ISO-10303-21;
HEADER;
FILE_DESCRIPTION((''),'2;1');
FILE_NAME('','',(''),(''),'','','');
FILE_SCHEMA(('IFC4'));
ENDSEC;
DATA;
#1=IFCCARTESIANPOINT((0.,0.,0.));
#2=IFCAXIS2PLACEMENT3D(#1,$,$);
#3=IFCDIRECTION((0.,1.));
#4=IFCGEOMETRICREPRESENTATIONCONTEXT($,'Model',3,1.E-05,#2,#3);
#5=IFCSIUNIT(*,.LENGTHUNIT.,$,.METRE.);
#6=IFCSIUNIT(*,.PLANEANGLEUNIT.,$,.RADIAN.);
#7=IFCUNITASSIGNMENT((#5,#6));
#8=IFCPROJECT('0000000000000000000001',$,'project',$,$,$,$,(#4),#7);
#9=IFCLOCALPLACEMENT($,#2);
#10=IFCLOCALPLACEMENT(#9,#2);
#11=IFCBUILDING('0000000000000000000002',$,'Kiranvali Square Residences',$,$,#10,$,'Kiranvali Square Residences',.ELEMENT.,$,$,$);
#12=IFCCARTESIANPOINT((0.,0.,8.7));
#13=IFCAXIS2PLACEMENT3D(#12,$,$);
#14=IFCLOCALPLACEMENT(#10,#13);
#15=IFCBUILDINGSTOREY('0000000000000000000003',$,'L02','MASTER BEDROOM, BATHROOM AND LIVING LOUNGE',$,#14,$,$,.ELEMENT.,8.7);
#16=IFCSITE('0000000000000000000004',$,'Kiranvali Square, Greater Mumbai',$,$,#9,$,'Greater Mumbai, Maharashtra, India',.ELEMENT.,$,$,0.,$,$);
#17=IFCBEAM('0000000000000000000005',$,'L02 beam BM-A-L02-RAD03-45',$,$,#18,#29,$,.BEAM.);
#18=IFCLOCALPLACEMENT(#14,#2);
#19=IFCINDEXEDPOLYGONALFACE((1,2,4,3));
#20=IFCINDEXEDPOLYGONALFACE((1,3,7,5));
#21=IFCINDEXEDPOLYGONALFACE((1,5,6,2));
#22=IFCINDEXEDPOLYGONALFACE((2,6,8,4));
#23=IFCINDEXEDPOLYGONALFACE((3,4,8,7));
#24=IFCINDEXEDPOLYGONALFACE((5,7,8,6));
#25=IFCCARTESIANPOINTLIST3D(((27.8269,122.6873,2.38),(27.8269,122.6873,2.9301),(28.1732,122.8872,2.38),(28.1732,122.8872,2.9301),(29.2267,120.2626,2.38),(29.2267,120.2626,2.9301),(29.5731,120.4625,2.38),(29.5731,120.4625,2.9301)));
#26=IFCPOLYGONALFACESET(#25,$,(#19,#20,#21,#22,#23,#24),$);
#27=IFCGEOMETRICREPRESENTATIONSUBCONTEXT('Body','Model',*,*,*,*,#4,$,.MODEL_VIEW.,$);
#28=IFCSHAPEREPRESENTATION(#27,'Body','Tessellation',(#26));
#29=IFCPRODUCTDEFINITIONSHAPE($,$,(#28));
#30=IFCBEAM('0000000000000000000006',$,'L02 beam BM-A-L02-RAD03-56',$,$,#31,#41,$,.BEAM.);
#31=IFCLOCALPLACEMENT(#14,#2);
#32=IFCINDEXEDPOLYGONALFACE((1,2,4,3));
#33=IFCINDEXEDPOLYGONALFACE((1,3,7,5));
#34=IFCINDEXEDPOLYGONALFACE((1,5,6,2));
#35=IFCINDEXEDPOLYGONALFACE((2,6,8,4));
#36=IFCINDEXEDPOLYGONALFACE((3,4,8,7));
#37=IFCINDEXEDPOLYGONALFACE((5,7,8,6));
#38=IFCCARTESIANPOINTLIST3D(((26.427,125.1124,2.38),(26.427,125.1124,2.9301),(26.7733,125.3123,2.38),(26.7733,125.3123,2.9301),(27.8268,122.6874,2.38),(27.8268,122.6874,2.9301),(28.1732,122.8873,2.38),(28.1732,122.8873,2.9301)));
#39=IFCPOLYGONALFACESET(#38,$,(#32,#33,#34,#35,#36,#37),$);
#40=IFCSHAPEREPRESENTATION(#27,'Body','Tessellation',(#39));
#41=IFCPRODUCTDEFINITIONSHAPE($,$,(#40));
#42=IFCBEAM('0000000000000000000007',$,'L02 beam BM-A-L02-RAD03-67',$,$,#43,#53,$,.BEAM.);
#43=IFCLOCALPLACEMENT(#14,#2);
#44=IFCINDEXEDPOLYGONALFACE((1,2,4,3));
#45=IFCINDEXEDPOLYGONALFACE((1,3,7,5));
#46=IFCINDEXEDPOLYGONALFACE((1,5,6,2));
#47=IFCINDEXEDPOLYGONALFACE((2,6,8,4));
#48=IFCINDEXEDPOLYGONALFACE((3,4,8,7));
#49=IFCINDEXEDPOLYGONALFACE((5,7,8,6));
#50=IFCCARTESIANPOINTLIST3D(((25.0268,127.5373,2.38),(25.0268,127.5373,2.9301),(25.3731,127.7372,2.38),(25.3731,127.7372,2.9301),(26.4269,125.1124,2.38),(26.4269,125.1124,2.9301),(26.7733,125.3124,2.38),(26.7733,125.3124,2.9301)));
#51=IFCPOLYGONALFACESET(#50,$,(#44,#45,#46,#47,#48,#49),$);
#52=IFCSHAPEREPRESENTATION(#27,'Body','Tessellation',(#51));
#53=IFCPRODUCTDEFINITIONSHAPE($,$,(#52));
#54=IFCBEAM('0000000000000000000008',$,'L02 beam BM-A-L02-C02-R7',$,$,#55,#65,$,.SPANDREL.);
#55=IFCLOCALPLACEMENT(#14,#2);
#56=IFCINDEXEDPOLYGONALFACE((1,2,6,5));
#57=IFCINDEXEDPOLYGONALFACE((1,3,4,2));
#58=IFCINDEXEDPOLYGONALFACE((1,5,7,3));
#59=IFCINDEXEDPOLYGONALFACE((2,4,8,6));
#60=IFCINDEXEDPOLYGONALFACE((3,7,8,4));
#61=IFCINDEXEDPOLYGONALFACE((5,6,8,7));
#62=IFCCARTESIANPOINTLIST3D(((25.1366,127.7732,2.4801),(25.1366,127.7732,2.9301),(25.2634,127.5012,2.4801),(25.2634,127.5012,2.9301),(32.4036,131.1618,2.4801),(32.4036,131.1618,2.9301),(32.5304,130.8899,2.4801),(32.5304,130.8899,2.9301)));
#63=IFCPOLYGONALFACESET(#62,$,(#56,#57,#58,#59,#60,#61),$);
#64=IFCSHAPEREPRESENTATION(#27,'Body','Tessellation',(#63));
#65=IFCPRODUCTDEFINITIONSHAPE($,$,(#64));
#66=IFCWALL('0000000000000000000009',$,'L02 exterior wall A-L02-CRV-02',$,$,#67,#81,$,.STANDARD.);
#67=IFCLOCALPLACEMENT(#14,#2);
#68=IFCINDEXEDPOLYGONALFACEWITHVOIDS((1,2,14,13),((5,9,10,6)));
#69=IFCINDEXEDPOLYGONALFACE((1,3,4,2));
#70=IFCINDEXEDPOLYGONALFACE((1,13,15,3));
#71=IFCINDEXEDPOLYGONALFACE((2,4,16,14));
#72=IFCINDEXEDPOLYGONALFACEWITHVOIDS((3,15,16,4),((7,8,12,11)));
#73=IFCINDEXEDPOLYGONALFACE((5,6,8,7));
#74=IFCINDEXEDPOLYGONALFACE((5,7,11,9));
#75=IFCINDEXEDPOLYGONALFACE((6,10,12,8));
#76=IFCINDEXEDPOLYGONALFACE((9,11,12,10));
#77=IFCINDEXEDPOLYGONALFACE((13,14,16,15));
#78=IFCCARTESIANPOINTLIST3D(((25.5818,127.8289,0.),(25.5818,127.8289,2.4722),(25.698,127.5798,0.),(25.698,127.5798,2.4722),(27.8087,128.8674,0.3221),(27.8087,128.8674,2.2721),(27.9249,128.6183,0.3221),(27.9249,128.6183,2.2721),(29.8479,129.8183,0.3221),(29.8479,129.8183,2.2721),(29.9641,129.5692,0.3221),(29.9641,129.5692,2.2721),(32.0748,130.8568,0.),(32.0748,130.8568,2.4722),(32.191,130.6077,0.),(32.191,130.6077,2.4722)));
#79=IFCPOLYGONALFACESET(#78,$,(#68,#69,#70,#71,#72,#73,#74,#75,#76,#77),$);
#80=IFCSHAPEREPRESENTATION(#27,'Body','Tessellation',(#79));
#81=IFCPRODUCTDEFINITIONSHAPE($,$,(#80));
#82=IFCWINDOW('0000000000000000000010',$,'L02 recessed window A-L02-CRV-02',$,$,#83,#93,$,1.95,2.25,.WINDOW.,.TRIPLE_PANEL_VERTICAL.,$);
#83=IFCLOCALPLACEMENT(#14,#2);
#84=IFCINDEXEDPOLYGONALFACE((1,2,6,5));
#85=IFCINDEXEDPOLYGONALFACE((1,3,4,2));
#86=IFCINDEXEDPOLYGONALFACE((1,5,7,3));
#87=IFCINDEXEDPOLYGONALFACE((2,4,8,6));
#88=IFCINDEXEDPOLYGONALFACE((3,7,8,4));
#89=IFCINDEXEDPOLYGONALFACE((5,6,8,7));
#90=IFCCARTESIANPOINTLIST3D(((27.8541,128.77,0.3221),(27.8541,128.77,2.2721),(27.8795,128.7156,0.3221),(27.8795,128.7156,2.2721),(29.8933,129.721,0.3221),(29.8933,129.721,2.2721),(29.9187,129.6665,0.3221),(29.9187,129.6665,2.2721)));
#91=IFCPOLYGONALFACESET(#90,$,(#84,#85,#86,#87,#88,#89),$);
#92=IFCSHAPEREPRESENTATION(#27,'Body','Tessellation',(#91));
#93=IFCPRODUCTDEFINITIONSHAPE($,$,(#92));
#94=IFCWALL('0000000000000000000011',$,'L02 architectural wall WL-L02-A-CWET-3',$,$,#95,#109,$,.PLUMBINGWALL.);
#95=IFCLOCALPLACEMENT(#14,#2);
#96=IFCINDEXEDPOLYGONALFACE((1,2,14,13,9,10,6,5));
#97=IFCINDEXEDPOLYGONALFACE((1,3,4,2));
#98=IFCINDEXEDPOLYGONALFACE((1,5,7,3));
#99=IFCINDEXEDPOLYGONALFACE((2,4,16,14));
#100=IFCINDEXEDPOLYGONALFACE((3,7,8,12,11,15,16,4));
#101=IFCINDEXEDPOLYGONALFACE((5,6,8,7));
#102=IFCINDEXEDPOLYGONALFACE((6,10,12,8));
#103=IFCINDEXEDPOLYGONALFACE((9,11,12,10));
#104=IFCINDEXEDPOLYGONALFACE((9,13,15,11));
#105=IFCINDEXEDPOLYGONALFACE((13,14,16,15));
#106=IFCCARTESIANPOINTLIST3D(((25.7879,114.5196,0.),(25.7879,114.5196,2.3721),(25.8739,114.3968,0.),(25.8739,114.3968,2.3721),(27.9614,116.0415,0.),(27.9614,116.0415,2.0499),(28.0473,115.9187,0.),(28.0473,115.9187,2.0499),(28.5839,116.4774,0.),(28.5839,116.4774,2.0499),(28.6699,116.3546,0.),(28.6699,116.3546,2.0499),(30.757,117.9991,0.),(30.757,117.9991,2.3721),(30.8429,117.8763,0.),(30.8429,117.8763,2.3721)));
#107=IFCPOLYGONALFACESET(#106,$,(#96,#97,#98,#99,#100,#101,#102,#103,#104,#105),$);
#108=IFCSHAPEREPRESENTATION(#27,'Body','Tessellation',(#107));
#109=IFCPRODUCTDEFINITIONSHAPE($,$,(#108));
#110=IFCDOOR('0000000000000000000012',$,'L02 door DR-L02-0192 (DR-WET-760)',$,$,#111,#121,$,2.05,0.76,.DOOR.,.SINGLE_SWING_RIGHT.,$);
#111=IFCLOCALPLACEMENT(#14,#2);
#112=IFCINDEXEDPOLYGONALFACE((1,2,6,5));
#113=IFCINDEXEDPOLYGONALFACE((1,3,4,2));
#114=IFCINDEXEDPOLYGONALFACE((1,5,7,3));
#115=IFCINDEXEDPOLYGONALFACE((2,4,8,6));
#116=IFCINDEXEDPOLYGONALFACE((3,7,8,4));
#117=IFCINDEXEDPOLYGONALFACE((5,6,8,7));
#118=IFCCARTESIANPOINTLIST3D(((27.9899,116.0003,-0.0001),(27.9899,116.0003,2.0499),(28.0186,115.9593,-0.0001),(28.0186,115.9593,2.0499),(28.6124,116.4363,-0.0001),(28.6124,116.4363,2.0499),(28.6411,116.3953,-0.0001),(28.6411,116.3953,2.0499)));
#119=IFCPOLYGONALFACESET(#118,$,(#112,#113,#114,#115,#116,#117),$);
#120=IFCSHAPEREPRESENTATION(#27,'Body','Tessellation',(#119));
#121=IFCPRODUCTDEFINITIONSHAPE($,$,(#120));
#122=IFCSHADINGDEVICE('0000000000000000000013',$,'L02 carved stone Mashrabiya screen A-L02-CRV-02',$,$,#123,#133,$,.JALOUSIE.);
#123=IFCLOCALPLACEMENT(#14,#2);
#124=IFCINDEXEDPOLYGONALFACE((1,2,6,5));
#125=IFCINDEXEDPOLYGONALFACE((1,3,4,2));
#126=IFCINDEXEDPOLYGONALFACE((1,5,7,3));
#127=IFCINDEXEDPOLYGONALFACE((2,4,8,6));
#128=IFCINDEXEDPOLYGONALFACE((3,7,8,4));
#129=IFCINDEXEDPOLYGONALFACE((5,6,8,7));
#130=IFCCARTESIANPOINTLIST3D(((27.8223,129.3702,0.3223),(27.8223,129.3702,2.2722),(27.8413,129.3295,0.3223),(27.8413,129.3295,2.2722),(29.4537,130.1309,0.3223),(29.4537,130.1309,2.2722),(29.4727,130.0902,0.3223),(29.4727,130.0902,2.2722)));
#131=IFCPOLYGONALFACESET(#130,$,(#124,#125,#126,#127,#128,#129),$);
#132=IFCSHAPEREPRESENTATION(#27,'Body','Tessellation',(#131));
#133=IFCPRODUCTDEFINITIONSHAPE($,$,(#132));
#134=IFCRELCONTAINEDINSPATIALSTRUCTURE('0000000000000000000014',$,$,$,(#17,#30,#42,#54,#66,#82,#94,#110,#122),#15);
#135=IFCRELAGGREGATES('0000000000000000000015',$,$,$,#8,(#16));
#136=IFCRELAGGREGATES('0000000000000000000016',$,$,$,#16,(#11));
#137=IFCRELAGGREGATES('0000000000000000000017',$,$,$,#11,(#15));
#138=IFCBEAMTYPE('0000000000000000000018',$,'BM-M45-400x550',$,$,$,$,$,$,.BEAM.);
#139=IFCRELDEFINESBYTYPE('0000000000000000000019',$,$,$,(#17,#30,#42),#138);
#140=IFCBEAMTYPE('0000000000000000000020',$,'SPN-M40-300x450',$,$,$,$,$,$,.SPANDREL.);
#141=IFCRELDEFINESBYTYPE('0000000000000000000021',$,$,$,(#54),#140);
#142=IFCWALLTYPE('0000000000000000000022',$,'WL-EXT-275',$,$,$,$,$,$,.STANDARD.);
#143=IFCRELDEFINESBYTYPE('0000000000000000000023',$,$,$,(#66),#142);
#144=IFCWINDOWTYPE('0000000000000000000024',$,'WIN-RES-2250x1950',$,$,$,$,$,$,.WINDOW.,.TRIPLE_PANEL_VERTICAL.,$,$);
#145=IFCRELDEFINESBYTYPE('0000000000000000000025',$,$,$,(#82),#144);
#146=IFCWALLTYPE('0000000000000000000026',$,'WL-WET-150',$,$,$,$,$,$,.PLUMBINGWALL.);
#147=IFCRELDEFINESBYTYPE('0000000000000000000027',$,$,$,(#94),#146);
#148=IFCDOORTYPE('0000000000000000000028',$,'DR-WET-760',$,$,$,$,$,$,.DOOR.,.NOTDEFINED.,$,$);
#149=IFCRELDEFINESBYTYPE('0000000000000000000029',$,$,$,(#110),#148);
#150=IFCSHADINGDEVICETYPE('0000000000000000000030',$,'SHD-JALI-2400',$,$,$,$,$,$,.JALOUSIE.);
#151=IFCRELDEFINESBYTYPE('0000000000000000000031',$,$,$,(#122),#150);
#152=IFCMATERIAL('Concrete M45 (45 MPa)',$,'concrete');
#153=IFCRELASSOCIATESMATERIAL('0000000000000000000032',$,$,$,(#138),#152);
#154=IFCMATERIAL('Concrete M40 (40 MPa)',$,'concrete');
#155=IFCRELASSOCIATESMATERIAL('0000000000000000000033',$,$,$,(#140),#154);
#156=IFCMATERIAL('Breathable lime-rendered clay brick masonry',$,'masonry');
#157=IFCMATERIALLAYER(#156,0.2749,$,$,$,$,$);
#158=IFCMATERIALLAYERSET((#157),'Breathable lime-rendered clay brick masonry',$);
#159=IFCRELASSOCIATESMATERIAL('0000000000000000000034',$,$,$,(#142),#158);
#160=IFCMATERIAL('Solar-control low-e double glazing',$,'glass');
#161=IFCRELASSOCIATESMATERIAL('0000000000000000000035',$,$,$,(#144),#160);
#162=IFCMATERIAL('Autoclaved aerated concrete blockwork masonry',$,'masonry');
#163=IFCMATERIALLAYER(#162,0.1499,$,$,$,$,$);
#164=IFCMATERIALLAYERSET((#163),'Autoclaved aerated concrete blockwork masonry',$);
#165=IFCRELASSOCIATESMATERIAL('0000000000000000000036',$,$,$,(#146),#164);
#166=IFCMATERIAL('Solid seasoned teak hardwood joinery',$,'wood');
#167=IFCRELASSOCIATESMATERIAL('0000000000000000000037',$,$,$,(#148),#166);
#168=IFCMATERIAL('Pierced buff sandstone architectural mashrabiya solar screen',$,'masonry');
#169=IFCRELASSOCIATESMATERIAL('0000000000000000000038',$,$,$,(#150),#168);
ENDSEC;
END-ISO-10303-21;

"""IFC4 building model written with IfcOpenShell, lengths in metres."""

from ifc_helpers import new_model, si_unit, direction, frame, frame_2d, origin, origin_2d, place, context, subcontext, project, spatial, rectangle, extrude, material, layer, layer_set, material_profile, profile_set, type_object, element, fill, save


model = new_model("IFC4")

# Units and contexts
model_context = context("Model", 3, precision=1e-05, world=origin(), true_north=direction((0.0, 1.0)))
body_context = subcontext(model_context, "Body", "Model", "MODEL_VIEW")
ifc_project = project(units=[si_unit("LENGTHUNIT", "METRE"), si_unit("PLANEANGLEUNIT", "RADIAN")], contexts=[model_context])

# Site, building, storey
site_placement = place(None, origin())
site = spatial("IfcSite", under=ifc_project, at=site_placement, Name="Kiranvali Square, Greater Mumbai", LongName="Greater Mumbai, Maharashtra, India", CompositionType="ELEMENT", RefElevation=0.0)
building_placement = place(site_placement, origin())
building = spatial("IfcBuilding", under=site, at=building_placement, Name="Kiranvali Square Residences", LongName="Kiranvali Square Residences", CompositionType="ELEMENT")
storey_placement = place(building_placement, frame((0.0, 0.0, 8.7)))
storey = spatial("IfcBuildingStorey", under=building, at=storey_placement, Name="L02", Description="MASTER BEDROOM, BATHROOM AND LIVING LOUNGE", CompositionType="ELEMENT", Elevation=8.7)

# Beams
ifc_material_1 = material(Name="Concrete M45 (45 MPa)", Category="concrete")
ifc_material_profile_1 = material_profile(ifc_material_1, rectangle(XDim=0.3999, YDim=0.55, at=origin_2d()), Name="RC 400x550")
ifc_profile_set_1 = profile_set([ifc_material_profile_1], Name="Concrete M45 (45 MPa)")
beam_type_1 = type_object("IfcBeamType", Name="BM-M45-400x550", PredefinedType="BEAM", material=ifc_profile_set_1)
beam_1_placement = place(storey_placement, frame((29.3999, 120.3625, 2.655), z_axis=(-0.499984, 0.866035, 0.0), x_axis=(-0.866035, -0.499984, 0.0)))
element("IfcBeam", 1, at=beam_1_placement, inside=storey, type_object=beam_type_1, Name="L02 beam BM-A-L02-RAD03-45", PredefinedType="BEAM", context=body_context, shape_type="SweptSolid", body=[
    extrude(rectangle(XDim=0.3999, YDim=0.55, at=origin_2d()), origin(), (0.0, 0.0, 1.0), 2.7998),
])
for number, where, z_axis, x_axis, name in (
    (2, (28.0, 122.7874, 2.655), (-0.499946, 0.866056, 0.0), (-0.866056, -0.499946, 0.0), "L02 beam BM-A-L02-RAD03-56"),
    (3, (26.6001, 125.2124, 2.655), (-0.50005, 0.865997, 0.0), (-0.865997, -0.50005, 0.0), "L02 beam BM-A-L02-RAD03-67"),
):
    element("IfcBeam", number, at=place(storey_placement, frame(where, z_axis=z_axis, x_axis=x_axis)), inside=storey, type_object=beam_type_1, Name=name, PredefinedType="BEAM", context=body_context, shape_type="SweptSolid", body=[
        extrude(rectangle(XDim=0.3999, YDim=0.55, at=origin_2d()), origin(), (0.0, 0.0, 1.0), 2.8),
    ])
ifc_material_2 = material(Name="Concrete M40 (40 MPa)", Category="concrete")
ifc_material_profile_2 = material_profile(ifc_material_2, rectangle(XDim=0.3, YDim=0.45, at=origin_2d()), Name="RC 300x450")
ifc_profile_set_2 = profile_set([ifc_material_profile_2], Name="Concrete M40 (40 MPa)")
beam_type_2 = type_object("IfcBeamType", Name="SPN-M40-300x450", PredefinedType="SPANDREL", material=ifc_profile_set_2)
beam_2_placement = place(storey_placement, frame((32.467, 131.0259, 2.7051), z_axis=(-0.906309, -0.422615, 0.0), x_axis=(0.422615, -0.906309, 0.0)))
element("IfcBeam", 4, at=beam_2_placement, inside=storey, type_object=beam_type_2, Name="L02 beam BM-A-L02-C02-R7", PredefinedType="SPANDREL", context=body_context, shape_type="SweptSolid", body=[
    extrude(rectangle(XDim=0.3, YDim=0.45, at=origin_2d()), origin(), (0.0, 0.0, 1.0), 8.0183),
])

# Wall, opening, window
ifc_material_3 = material(Name="Breathable lime-rendered clay brick masonry", Category="masonry")
ifc_layer_1 = layer(ifc_material_3, 0.2749)
ifc_layer_set_1 = layer_set([ifc_layer_1], Name="Breathable lime-rendered clay brick masonry")
wall_type_1 = type_object("IfcWallType", Name="WL-EXT-275", PredefinedType="STANDARD", material=ifc_layer_set_1)
wall_1_placement = place(storey_placement, frame((32.1328, 130.7322, 0.0), z_axis=(0.0, 0.0, 1.0), x_axis=(-0.906301, -0.422634, 0.0)))
wall_1 = element("IfcWall", 5, at=wall_1_placement, inside=storey, type_object=wall_type_1, Name="L02 exterior wall A-L02-CRV-02", PredefinedType="STANDARD", context=body_context, shape_type="SweptSolid", body=[
    extrude(rectangle(XDim=7.1643, YDim=0.2749, at=frame_2d((3.582, 0.0))), origin(), (0.0, 0.0, 1.0), 2.4722),
])
opening_1_placement = place(wall_1_placement, frame((2.457, 0.0, 0.322)))
opening_1 = element("IfcOpeningElement", 6, at=opening_1_placement, cuts=wall_1, PredefinedType="OPENING", context=body_context, shape_type="SweptSolid", body=[
    extrude(rectangle(XDim=2.25, YDim=1.95, at=frame_2d((1.125, 0.9751))), frame((0.0, 0.1475, 0.0), z_axis=(0.0, -1.0, 0.0), x_axis=(1.0, 0.0, 0.0)), (0.0, 0.0, 1.0), 0.2949),
])
ifc_material_4 = material(Name="Solar-control low-e double glazing", Category="glass")
window_type = type_object("IfcWindowType", Name="WIN-RES-2250x1950", PartitioningType="TRIPLE_PANEL_VERTICAL", PredefinedType="WINDOW", material=ifc_material_4)
window_placement = place(opening_1_placement, origin())
window = element("IfcWindow", 7, at=window_placement, inside=storey, type_object=window_type, Name="L02 recessed window A-L02-CRV-02", OverallHeight=1.95, OverallWidth=2.25, PartitioningType="TRIPLE_PANEL_VERTICAL", PredefinedType="WINDOW", context=body_context, shape_type="SweptSolid", body=[
    extrude(rectangle(XDim=2.25, YDim=1.95, at=frame_2d((1.125, 0.9751))), frame((0.0, 0.03, 0.0), z_axis=(0.0, -1.0, 0.0), x_axis=(1.0, 0.0, 0.0)), (0.0, 0.0, 1.0), 0.0601),
])
fill(opening_1, window)

# Wall, opening, door
ifc_material_5 = material(Name="Autoclaved aerated concrete blockwork masonry", Category="masonry")
ifc_layer_2 = layer(ifc_material_5, 0.1499)
ifc_layer_set_2 = layer_set([ifc_layer_2], Name="Autoclaved aerated concrete blockwork masonry")
wall_type_2 = type_object("IfcWallType", Name="WL-WET-150", PredefinedType="PLUMBINGWALL", material=ifc_layer_set_2)
wall_2_placement = place(storey_placement, frame((30.8, 117.9377, 0.0), z_axis=(0.0, 0.0, 1.0), x_axis=(-0.819139, -0.573595, 0.0)))
wall_2 = element("IfcWall", 8, at=wall_2_placement, inside=storey, type_object=wall_type_2, Name="L02 architectural wall WL-L02-A-CWET-3", PredefinedType="PLUMBINGWALL", context=body_context, shape_type="SweptSolid", body=[
    extrude(rectangle(XDim=6.0662, YDim=0.1499, at=frame_2d((3.0332, 0.0))), origin(), (0.0, 0.0, 1.0), 2.3721),
])
opening_2_placement = place(wall_2_placement, frame((2.6531, 0.0, 0.0)))
opening_2 = element("IfcOpeningElement", 9, at=opening_2_placement, cuts=wall_2, PredefinedType="OPENING", context=body_context, shape_type="SweptSolid", body=[
    extrude(rectangle(XDim=0.76, YDim=2.05, at=frame_2d((0.3799, 1.0249))), frame((0.0, 0.085, 0.0), z_axis=(0.0, -1.0, 0.0), x_axis=(1.0, 0.0, 0.0)), (0.0, 0.0, 1.0), 0.1699),
])
ifc_material_6 = material(Name="Solid seasoned teak hardwood joinery", Category="wood")
door_type = type_object("IfcDoorType", Name="DR-WET-760", OperationType="NOTDEFINED", PredefinedType="DOOR", material=ifc_material_6)
door_placement = place(opening_2_placement, frame((0.76, 0.0, 0.0), z_axis=(0.0, 0.0, 1.0), x_axis=(-1.0, 0.0, 0.0)))
door = element("IfcDoor", 10, at=door_placement, inside=storey, type_object=door_type, Name="L02 door DR-L02-0192 (DR-WET-760)", OperationType="SINGLE_SWING_RIGHT", OverallHeight=2.05, OverallWidth=0.76, PredefinedType="DOOR", context=body_context, shape_type="SweptSolid", body=[
    extrude(rectangle(XDim=0.76, YDim=2.05, at=frame_2d((0.3799, 1.0249))), frame((0.0, 0.0249, 0.0), z_axis=(0.0, -1.0, 0.0), x_axis=(1.0, 0.0, 0.0)), (0.0, 0.0, 1.0), 0.05),
])
fill(opening_2, door)

# Shading device
ifc_material_7 = material(Name="Pierced buff sandstone architectural mashrabiya solar screen", Category="masonry")
shading_device_type = type_object("IfcShadingDeviceType", Name="SHD-JALI-2400", PredefinedType="JALOUSIE", material=ifc_material_7)
shading_device_placement = place(storey_placement, frame((28.6475, 129.7302, 0.3223), z_axis=(0.0, 0.0, 1.0), x_axis=(-0.906308, -0.422618, 0.0)))
element("IfcShadingDevice", 11, at=shading_device_placement, inside=storey, type_object=shading_device_type, Name="L02 carved stone Mashrabiya screen A-L02-CRV-02", PredefinedType="JALOUSIE", context=body_context, shape_type="SweptSolid", body=[
    extrude(rectangle(XDim=1.8, YDim=0.0449, at=origin_2d()), origin(), (0.0, 0.0, 1.0), 1.95),
])

save(model, "model.ifc")
